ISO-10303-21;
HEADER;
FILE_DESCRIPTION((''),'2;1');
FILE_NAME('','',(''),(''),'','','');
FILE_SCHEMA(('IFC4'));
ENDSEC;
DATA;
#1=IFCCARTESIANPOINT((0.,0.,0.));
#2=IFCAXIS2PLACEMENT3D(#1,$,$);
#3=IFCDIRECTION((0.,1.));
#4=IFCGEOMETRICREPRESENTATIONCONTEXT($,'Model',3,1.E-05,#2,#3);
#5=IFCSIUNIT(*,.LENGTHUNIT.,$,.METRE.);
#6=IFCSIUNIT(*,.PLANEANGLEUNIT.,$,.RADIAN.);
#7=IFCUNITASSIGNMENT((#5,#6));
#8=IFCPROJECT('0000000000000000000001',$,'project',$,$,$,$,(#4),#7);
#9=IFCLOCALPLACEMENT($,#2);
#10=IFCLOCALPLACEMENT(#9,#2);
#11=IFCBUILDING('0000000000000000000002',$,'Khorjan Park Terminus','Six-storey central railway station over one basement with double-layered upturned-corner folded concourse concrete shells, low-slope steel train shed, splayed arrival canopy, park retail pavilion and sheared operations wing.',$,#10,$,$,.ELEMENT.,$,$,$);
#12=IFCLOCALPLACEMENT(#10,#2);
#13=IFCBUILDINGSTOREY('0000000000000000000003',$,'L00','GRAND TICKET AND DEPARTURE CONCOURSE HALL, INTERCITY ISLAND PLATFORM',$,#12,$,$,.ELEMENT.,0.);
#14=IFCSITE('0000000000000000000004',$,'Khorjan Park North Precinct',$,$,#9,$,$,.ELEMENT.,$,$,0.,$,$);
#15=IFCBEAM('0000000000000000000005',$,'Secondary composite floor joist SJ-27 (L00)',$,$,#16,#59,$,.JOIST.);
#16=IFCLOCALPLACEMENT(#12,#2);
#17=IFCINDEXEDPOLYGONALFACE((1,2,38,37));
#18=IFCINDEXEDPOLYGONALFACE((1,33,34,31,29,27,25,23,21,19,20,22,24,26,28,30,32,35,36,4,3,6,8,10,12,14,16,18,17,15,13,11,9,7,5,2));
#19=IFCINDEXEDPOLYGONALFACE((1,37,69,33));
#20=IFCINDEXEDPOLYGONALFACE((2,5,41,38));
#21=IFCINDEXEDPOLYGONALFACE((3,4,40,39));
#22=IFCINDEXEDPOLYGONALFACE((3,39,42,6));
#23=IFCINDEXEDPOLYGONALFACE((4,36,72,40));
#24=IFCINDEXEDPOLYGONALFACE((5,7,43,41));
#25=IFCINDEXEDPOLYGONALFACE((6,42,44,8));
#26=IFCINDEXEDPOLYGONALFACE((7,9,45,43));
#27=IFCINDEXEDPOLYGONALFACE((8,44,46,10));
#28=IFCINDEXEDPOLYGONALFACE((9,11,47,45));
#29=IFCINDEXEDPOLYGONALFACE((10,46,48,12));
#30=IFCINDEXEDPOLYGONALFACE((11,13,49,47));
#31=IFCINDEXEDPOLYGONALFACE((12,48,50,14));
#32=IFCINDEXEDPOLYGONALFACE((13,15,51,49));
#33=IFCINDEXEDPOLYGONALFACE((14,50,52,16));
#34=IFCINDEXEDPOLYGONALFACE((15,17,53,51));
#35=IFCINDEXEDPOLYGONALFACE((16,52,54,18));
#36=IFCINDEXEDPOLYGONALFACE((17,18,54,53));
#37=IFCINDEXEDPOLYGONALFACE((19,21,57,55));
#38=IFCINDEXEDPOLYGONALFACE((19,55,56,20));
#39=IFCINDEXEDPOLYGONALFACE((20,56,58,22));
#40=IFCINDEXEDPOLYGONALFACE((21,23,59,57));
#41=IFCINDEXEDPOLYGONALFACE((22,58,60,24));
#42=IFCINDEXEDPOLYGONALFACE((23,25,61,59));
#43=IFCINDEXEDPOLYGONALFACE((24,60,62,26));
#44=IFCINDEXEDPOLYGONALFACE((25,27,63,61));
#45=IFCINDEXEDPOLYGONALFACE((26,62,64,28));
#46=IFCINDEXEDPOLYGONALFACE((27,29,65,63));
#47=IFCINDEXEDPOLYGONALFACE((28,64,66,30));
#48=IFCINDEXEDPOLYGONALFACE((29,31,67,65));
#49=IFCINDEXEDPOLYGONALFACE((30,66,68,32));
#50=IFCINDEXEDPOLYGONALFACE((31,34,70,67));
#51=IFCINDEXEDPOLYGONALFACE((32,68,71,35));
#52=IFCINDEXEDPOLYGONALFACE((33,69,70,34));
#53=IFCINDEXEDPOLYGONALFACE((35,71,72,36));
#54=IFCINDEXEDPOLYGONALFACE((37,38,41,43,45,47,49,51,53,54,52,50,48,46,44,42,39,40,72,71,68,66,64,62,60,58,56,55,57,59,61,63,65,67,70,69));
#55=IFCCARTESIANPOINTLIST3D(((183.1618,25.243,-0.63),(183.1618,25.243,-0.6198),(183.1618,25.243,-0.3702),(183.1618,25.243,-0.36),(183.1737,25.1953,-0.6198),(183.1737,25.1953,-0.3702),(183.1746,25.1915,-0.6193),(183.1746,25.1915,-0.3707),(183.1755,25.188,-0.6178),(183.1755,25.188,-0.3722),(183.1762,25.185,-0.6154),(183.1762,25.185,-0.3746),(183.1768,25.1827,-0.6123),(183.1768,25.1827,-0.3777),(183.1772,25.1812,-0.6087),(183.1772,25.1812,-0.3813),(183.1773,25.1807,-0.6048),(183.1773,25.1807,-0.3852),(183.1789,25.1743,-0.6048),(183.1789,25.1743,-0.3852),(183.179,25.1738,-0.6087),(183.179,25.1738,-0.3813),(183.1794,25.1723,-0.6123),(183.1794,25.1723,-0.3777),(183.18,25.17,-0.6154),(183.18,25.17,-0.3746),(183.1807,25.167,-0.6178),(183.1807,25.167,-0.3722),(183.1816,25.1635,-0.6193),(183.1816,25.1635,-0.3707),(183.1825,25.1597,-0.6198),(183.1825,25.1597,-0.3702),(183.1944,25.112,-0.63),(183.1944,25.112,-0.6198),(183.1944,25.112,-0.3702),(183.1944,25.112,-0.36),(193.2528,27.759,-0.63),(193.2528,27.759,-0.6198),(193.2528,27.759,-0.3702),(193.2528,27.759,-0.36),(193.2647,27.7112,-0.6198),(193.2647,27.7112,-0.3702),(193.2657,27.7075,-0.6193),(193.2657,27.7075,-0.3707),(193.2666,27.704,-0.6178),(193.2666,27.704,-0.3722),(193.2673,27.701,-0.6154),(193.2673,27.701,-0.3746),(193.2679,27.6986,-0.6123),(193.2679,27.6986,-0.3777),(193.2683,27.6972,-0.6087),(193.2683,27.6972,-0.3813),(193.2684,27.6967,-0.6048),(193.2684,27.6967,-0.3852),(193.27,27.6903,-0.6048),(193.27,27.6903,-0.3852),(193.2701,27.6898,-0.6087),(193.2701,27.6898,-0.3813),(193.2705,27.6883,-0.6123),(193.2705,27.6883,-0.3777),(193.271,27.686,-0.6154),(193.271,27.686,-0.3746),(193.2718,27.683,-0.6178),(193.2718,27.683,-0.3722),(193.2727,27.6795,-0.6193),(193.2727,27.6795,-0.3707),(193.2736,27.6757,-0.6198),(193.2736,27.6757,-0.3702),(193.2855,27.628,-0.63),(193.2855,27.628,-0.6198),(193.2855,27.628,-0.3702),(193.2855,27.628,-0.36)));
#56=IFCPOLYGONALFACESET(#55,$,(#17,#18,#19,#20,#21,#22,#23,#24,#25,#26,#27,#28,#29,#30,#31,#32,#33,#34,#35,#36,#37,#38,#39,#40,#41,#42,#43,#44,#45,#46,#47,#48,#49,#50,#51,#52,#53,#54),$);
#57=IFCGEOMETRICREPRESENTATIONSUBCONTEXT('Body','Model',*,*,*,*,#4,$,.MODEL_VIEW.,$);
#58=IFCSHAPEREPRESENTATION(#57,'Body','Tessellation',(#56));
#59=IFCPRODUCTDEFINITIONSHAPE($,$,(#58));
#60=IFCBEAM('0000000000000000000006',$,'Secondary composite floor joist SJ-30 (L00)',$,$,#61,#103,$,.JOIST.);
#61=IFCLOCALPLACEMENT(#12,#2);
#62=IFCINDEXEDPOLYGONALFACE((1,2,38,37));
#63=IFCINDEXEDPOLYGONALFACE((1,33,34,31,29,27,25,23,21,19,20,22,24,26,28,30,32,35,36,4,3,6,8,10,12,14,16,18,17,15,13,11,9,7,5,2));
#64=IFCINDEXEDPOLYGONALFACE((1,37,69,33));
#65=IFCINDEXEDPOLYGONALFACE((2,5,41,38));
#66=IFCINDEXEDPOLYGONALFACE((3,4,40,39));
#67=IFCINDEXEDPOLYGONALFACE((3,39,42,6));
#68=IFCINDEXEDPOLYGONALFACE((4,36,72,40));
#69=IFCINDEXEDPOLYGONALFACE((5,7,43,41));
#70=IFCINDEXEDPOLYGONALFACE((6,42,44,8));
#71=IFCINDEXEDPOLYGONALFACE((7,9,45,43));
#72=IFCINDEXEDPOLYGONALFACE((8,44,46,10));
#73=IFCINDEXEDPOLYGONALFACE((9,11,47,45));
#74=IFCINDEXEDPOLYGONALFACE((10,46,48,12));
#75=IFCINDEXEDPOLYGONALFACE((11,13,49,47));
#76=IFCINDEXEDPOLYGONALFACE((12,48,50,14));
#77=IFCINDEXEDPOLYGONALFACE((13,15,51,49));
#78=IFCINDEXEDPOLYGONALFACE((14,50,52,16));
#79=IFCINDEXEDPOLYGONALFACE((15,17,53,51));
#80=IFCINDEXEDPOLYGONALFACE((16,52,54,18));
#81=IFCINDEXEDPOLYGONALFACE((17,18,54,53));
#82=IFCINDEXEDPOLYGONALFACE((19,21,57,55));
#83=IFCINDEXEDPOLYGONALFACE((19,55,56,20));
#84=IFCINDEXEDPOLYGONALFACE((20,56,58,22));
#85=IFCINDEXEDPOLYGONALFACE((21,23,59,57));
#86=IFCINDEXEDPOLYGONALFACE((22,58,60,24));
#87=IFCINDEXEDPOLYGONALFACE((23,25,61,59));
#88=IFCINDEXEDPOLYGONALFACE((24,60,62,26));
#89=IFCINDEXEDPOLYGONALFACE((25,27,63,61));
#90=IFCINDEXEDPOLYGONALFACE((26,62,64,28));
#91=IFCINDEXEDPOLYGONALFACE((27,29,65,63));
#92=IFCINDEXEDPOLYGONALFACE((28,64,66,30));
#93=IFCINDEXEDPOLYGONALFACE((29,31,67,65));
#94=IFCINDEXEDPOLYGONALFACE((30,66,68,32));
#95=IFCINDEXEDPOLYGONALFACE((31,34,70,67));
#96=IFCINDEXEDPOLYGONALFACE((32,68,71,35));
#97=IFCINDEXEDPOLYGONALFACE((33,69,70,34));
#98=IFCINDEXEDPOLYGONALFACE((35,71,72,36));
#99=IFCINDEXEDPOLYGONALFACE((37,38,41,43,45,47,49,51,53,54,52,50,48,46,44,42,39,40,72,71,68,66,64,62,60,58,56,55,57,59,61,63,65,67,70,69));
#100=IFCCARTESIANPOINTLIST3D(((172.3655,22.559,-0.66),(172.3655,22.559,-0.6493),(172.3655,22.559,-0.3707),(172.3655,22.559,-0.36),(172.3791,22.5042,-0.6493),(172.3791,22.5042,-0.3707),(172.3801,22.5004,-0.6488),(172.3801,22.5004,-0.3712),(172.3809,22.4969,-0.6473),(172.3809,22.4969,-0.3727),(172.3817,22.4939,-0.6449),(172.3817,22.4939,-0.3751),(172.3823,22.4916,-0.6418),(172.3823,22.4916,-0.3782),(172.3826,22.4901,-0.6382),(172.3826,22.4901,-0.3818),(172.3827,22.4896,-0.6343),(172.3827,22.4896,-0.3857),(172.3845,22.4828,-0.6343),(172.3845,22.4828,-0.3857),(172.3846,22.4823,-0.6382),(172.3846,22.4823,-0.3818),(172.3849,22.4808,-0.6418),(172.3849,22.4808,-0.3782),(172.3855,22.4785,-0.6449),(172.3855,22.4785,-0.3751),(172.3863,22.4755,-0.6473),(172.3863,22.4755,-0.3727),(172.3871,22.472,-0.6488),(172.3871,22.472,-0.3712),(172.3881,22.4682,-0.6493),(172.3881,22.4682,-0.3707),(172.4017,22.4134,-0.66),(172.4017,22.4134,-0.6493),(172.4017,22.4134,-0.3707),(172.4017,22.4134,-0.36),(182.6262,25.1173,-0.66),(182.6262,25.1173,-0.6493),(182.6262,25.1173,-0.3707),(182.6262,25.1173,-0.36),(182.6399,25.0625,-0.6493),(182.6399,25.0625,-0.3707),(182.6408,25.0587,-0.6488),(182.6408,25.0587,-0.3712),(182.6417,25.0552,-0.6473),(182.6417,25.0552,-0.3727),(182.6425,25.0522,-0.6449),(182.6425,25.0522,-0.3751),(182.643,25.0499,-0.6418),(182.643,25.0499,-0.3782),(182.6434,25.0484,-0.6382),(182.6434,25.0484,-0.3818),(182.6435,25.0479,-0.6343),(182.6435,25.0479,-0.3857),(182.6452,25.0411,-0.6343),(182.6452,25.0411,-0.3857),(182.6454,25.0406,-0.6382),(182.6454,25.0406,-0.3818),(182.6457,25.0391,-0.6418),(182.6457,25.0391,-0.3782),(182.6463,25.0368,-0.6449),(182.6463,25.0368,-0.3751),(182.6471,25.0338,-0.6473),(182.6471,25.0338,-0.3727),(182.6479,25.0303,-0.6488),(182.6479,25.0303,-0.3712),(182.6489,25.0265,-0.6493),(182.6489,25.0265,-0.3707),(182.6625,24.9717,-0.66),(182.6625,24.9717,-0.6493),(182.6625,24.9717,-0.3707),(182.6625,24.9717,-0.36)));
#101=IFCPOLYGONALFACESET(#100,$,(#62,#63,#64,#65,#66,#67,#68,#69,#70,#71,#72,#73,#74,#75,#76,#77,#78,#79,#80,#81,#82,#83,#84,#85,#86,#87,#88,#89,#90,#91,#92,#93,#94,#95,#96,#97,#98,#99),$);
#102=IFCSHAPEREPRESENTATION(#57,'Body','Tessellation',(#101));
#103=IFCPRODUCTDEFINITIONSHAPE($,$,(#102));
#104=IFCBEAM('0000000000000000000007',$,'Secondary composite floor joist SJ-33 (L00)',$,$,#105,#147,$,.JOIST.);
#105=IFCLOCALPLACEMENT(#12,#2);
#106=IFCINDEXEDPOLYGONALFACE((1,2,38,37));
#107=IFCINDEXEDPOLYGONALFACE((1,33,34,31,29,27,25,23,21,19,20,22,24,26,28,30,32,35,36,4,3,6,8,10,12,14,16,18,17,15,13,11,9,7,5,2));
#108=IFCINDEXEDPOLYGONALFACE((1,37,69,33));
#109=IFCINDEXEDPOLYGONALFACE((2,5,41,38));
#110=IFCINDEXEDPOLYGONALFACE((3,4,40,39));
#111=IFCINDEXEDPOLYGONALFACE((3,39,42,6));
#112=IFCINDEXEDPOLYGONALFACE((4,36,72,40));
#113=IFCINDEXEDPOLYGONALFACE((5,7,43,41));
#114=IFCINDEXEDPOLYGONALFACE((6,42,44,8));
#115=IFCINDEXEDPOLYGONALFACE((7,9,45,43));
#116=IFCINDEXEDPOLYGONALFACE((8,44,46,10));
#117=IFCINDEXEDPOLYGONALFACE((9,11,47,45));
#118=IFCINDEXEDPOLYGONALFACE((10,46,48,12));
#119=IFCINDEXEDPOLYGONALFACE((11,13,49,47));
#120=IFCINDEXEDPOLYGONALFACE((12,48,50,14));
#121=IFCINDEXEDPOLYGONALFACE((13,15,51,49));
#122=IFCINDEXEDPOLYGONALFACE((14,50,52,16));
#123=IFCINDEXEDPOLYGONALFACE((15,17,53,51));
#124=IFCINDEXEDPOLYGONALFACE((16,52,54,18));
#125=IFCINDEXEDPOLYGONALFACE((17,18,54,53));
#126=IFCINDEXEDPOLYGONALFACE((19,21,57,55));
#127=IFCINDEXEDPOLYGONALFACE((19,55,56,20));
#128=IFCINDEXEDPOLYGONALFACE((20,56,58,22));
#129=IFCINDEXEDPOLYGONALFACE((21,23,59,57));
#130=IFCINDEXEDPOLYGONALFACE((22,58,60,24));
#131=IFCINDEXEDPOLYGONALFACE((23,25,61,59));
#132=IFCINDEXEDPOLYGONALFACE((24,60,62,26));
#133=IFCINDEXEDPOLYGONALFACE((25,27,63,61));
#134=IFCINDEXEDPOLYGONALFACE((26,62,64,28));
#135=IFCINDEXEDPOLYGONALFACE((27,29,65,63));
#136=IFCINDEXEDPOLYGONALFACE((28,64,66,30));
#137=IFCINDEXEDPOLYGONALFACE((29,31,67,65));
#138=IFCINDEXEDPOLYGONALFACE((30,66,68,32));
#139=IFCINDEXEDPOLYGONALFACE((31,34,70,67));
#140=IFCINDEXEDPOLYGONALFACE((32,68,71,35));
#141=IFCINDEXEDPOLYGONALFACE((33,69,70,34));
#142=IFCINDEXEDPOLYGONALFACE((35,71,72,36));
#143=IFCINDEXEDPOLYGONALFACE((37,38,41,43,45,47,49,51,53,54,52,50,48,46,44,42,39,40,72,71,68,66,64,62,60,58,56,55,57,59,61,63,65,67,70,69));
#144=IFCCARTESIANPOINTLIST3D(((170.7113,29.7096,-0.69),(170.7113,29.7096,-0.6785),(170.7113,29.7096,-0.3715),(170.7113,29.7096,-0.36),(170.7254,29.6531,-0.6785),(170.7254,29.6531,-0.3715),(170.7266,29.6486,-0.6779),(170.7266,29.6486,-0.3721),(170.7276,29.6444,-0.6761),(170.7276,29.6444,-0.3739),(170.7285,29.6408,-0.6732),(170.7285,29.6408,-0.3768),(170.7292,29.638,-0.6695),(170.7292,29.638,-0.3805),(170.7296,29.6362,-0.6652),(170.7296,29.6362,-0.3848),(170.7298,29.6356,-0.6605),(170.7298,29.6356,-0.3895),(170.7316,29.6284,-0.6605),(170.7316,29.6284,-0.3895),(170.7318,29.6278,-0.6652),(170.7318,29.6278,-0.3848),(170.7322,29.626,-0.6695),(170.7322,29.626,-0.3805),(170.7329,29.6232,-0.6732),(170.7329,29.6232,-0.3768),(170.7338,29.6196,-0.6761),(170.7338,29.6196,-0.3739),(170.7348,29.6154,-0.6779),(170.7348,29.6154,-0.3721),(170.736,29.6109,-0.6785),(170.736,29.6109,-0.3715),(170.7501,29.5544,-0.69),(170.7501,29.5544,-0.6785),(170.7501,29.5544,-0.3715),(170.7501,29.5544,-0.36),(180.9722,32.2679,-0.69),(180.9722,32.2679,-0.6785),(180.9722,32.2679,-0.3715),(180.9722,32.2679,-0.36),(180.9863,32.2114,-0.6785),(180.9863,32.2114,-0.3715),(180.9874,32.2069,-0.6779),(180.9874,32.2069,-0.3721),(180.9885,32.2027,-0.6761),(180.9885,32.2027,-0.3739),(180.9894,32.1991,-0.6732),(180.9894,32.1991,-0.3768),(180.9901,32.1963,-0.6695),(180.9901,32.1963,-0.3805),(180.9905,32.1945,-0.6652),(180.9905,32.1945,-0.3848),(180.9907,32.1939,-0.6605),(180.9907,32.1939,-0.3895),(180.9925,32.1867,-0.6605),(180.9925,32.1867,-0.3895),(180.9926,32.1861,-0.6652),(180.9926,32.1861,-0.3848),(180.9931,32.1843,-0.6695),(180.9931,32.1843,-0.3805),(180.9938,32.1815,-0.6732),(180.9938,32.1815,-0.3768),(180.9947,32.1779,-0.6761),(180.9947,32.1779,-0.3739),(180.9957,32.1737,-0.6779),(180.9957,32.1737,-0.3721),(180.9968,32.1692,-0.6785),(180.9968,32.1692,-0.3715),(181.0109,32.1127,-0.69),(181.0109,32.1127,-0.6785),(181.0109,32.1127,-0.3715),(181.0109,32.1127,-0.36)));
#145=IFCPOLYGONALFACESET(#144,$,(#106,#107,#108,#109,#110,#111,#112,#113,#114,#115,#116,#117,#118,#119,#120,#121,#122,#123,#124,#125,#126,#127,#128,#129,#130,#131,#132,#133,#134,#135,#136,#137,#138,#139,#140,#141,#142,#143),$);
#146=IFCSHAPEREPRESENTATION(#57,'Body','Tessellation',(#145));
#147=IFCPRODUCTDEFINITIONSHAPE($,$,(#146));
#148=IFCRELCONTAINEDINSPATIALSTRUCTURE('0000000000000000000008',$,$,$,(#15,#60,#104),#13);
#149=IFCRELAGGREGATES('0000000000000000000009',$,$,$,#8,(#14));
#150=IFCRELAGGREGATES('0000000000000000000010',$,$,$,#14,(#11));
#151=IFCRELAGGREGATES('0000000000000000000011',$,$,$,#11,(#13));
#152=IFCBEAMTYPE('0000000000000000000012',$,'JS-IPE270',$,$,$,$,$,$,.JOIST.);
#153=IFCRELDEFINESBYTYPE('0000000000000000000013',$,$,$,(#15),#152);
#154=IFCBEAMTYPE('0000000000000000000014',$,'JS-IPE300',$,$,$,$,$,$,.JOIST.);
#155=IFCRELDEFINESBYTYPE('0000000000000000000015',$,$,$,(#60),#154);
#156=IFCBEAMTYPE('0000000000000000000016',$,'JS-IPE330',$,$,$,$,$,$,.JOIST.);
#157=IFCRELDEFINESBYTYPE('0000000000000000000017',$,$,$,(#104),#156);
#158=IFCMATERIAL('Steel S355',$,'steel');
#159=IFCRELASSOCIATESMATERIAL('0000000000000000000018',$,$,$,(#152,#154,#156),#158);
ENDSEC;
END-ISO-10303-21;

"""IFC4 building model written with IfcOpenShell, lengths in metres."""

from ifc_helpers import new_model, si_unit, direction, frame, origin, origin_2d, place, context, subcontext, project, spatial, i_section, extrude, material, material_profile, profile_set, type_object, element, save


model = new_model("IFC4")

# Units and contexts
model_context = context("Model", 3, precision=1e-05, world=origin(), true_north=direction((0.0, 1.0)))
body_context = subcontext(model_context, "Body", "Model", "MODEL_VIEW")
ifc_project = project(units=[si_unit("LENGTHUNIT", "METRE"), si_unit("PLANEANGLEUNIT", "RADIAN")], contexts=[model_context])

# Site, building, storey
site_placement = place(None, origin())
site = spatial("IfcSite", under=ifc_project, at=site_placement, Name="Khorjan Park North Precinct", CompositionType="ELEMENT", RefElevation=0.0)
building_placement = place(site_placement, origin())
building = spatial("IfcBuilding", under=site, at=building_placement, Name="Khorjan Park Terminus", Description="Six-storey central railway station over one basement with double-layered upturned-corner folded concourse concrete shells, low-slope steel train shed, splayed arrival canopy, park retail pavilion and sheared operations wing.", CompositionType="ELEMENT")
storey_placement = place(building_placement, origin())
storey = spatial("IfcBuildingStorey", under=building, at=storey_placement, Name="L00", Description="GRAND TICKET AND DEPARTURE CONCOURSE HALL, INTERCITY ISLAND PLATFORM", CompositionType="ELEMENT", Elevation=0.0)

# Beams
ifc_material_1 = material(Name="Steel S355", Category="steel")
ifc_material_profile_1 = material_profile(ifc_material_1, i_section(OverallWidth=0.135, OverallDepth=0.27, WebThickness=0.0066, FlangeThickness=0.0102, FilletRadius=0.015, at=origin_2d()), Name="IPE 270")
ifc_profile_set_1 = profile_set([ifc_material_profile_1], Name="Steel S355")
beam_type_1 = type_object("IfcBeamType", Name="JS-IPE270", PredefinedType="JOIST", material=ifc_profile_set_1)
beam_1_placement = place(storey_placement, frame((183.1781, 25.1775, -0.495), z_axis=(0.970296, 0.241922, 0.0), x_axis=(-0.241922, 0.970296, 0.0)))
element("IfcBeam", 1, at=beam_1_placement, inside=storey, type_object=beam_type_1, Name="Secondary composite floor joist SJ-27 (L00)", PredefinedType="JOIST", context=body_context, shape_type="SweptSolid", body=[
    extrude(i_section(OverallWidth=0.135, OverallDepth=0.27, WebThickness=0.0066, FlangeThickness=0.0102, FilletRadius=0.015, at=origin_2d()), origin(), (0.0, 0.0, 1.0), 10.4),
])
ifc_material_profile_2 = material_profile(ifc_material_1, i_section(OverallWidth=0.15, OverallDepth=0.3, WebThickness=0.0071, FlangeThickness=0.0107, FilletRadius=0.015, at=origin_2d()), Name="IPE 300")
ifc_profile_set_2 = profile_set([ifc_material_profile_2], Name="Steel S355")
beam_type_2 = type_object("IfcBeamType", Name="JS-IPE300", PredefinedType="JOIST", material=ifc_profile_set_2)
beam_2_placement = place(storey_placement, frame((172.3836, 22.4862, -0.51), z_axis=(0.970296, 0.241921, 0.0), x_axis=(-0.241921, 0.970296, 0.0)))
element("IfcBeam", 2, at=beam_2_placement, inside=storey, type_object=beam_type_2, Name="Secondary composite floor joist SJ-30 (L00)", PredefinedType="JOIST", context=body_context, shape_type="SweptSolid", body=[
    extrude(i_section(OverallWidth=0.15, OverallDepth=0.3, WebThickness=0.0071, FlangeThickness=0.0107, FilletRadius=0.015, at=origin_2d()), origin(), (0.0, 0.0, 1.0), 10.5749),
])
ifc_material_profile_3 = material_profile(ifc_material_1, i_section(OverallWidth=0.16, OverallDepth=0.33, WebThickness=0.0075, FlangeThickness=0.0115, FilletRadius=0.018, at=origin_2d()), Name="IPE 330")
ifc_profile_set_3 = profile_set([ifc_material_profile_3], Name="Steel S355")
beam_type_3 = type_object("IfcBeamType", Name="JS-IPE330", PredefinedType="JOIST", material=ifc_profile_set_3)
beam_3_placement = place(storey_placement, frame((170.7307, 29.632, -0.525), z_axis=(0.970296, 0.241919, 0.0), x_axis=(-0.241919, 0.970296, 0.0)))
element("IfcBeam", 3, at=beam_3_placement, inside=storey, type_object=beam_type_3, Name="Secondary composite floor joist SJ-33 (L00)", PredefinedType="JOIST", context=body_context, shape_type="SweptSolid", body=[
    extrude(i_section(OverallWidth=0.16, OverallDepth=0.33, WebThickness=0.0075, FlangeThickness=0.0115, FilletRadius=0.018, at=origin_2d()), origin(), (0.0, 0.0, 1.0), 10.575),
])

save(model, "model.ifc")
